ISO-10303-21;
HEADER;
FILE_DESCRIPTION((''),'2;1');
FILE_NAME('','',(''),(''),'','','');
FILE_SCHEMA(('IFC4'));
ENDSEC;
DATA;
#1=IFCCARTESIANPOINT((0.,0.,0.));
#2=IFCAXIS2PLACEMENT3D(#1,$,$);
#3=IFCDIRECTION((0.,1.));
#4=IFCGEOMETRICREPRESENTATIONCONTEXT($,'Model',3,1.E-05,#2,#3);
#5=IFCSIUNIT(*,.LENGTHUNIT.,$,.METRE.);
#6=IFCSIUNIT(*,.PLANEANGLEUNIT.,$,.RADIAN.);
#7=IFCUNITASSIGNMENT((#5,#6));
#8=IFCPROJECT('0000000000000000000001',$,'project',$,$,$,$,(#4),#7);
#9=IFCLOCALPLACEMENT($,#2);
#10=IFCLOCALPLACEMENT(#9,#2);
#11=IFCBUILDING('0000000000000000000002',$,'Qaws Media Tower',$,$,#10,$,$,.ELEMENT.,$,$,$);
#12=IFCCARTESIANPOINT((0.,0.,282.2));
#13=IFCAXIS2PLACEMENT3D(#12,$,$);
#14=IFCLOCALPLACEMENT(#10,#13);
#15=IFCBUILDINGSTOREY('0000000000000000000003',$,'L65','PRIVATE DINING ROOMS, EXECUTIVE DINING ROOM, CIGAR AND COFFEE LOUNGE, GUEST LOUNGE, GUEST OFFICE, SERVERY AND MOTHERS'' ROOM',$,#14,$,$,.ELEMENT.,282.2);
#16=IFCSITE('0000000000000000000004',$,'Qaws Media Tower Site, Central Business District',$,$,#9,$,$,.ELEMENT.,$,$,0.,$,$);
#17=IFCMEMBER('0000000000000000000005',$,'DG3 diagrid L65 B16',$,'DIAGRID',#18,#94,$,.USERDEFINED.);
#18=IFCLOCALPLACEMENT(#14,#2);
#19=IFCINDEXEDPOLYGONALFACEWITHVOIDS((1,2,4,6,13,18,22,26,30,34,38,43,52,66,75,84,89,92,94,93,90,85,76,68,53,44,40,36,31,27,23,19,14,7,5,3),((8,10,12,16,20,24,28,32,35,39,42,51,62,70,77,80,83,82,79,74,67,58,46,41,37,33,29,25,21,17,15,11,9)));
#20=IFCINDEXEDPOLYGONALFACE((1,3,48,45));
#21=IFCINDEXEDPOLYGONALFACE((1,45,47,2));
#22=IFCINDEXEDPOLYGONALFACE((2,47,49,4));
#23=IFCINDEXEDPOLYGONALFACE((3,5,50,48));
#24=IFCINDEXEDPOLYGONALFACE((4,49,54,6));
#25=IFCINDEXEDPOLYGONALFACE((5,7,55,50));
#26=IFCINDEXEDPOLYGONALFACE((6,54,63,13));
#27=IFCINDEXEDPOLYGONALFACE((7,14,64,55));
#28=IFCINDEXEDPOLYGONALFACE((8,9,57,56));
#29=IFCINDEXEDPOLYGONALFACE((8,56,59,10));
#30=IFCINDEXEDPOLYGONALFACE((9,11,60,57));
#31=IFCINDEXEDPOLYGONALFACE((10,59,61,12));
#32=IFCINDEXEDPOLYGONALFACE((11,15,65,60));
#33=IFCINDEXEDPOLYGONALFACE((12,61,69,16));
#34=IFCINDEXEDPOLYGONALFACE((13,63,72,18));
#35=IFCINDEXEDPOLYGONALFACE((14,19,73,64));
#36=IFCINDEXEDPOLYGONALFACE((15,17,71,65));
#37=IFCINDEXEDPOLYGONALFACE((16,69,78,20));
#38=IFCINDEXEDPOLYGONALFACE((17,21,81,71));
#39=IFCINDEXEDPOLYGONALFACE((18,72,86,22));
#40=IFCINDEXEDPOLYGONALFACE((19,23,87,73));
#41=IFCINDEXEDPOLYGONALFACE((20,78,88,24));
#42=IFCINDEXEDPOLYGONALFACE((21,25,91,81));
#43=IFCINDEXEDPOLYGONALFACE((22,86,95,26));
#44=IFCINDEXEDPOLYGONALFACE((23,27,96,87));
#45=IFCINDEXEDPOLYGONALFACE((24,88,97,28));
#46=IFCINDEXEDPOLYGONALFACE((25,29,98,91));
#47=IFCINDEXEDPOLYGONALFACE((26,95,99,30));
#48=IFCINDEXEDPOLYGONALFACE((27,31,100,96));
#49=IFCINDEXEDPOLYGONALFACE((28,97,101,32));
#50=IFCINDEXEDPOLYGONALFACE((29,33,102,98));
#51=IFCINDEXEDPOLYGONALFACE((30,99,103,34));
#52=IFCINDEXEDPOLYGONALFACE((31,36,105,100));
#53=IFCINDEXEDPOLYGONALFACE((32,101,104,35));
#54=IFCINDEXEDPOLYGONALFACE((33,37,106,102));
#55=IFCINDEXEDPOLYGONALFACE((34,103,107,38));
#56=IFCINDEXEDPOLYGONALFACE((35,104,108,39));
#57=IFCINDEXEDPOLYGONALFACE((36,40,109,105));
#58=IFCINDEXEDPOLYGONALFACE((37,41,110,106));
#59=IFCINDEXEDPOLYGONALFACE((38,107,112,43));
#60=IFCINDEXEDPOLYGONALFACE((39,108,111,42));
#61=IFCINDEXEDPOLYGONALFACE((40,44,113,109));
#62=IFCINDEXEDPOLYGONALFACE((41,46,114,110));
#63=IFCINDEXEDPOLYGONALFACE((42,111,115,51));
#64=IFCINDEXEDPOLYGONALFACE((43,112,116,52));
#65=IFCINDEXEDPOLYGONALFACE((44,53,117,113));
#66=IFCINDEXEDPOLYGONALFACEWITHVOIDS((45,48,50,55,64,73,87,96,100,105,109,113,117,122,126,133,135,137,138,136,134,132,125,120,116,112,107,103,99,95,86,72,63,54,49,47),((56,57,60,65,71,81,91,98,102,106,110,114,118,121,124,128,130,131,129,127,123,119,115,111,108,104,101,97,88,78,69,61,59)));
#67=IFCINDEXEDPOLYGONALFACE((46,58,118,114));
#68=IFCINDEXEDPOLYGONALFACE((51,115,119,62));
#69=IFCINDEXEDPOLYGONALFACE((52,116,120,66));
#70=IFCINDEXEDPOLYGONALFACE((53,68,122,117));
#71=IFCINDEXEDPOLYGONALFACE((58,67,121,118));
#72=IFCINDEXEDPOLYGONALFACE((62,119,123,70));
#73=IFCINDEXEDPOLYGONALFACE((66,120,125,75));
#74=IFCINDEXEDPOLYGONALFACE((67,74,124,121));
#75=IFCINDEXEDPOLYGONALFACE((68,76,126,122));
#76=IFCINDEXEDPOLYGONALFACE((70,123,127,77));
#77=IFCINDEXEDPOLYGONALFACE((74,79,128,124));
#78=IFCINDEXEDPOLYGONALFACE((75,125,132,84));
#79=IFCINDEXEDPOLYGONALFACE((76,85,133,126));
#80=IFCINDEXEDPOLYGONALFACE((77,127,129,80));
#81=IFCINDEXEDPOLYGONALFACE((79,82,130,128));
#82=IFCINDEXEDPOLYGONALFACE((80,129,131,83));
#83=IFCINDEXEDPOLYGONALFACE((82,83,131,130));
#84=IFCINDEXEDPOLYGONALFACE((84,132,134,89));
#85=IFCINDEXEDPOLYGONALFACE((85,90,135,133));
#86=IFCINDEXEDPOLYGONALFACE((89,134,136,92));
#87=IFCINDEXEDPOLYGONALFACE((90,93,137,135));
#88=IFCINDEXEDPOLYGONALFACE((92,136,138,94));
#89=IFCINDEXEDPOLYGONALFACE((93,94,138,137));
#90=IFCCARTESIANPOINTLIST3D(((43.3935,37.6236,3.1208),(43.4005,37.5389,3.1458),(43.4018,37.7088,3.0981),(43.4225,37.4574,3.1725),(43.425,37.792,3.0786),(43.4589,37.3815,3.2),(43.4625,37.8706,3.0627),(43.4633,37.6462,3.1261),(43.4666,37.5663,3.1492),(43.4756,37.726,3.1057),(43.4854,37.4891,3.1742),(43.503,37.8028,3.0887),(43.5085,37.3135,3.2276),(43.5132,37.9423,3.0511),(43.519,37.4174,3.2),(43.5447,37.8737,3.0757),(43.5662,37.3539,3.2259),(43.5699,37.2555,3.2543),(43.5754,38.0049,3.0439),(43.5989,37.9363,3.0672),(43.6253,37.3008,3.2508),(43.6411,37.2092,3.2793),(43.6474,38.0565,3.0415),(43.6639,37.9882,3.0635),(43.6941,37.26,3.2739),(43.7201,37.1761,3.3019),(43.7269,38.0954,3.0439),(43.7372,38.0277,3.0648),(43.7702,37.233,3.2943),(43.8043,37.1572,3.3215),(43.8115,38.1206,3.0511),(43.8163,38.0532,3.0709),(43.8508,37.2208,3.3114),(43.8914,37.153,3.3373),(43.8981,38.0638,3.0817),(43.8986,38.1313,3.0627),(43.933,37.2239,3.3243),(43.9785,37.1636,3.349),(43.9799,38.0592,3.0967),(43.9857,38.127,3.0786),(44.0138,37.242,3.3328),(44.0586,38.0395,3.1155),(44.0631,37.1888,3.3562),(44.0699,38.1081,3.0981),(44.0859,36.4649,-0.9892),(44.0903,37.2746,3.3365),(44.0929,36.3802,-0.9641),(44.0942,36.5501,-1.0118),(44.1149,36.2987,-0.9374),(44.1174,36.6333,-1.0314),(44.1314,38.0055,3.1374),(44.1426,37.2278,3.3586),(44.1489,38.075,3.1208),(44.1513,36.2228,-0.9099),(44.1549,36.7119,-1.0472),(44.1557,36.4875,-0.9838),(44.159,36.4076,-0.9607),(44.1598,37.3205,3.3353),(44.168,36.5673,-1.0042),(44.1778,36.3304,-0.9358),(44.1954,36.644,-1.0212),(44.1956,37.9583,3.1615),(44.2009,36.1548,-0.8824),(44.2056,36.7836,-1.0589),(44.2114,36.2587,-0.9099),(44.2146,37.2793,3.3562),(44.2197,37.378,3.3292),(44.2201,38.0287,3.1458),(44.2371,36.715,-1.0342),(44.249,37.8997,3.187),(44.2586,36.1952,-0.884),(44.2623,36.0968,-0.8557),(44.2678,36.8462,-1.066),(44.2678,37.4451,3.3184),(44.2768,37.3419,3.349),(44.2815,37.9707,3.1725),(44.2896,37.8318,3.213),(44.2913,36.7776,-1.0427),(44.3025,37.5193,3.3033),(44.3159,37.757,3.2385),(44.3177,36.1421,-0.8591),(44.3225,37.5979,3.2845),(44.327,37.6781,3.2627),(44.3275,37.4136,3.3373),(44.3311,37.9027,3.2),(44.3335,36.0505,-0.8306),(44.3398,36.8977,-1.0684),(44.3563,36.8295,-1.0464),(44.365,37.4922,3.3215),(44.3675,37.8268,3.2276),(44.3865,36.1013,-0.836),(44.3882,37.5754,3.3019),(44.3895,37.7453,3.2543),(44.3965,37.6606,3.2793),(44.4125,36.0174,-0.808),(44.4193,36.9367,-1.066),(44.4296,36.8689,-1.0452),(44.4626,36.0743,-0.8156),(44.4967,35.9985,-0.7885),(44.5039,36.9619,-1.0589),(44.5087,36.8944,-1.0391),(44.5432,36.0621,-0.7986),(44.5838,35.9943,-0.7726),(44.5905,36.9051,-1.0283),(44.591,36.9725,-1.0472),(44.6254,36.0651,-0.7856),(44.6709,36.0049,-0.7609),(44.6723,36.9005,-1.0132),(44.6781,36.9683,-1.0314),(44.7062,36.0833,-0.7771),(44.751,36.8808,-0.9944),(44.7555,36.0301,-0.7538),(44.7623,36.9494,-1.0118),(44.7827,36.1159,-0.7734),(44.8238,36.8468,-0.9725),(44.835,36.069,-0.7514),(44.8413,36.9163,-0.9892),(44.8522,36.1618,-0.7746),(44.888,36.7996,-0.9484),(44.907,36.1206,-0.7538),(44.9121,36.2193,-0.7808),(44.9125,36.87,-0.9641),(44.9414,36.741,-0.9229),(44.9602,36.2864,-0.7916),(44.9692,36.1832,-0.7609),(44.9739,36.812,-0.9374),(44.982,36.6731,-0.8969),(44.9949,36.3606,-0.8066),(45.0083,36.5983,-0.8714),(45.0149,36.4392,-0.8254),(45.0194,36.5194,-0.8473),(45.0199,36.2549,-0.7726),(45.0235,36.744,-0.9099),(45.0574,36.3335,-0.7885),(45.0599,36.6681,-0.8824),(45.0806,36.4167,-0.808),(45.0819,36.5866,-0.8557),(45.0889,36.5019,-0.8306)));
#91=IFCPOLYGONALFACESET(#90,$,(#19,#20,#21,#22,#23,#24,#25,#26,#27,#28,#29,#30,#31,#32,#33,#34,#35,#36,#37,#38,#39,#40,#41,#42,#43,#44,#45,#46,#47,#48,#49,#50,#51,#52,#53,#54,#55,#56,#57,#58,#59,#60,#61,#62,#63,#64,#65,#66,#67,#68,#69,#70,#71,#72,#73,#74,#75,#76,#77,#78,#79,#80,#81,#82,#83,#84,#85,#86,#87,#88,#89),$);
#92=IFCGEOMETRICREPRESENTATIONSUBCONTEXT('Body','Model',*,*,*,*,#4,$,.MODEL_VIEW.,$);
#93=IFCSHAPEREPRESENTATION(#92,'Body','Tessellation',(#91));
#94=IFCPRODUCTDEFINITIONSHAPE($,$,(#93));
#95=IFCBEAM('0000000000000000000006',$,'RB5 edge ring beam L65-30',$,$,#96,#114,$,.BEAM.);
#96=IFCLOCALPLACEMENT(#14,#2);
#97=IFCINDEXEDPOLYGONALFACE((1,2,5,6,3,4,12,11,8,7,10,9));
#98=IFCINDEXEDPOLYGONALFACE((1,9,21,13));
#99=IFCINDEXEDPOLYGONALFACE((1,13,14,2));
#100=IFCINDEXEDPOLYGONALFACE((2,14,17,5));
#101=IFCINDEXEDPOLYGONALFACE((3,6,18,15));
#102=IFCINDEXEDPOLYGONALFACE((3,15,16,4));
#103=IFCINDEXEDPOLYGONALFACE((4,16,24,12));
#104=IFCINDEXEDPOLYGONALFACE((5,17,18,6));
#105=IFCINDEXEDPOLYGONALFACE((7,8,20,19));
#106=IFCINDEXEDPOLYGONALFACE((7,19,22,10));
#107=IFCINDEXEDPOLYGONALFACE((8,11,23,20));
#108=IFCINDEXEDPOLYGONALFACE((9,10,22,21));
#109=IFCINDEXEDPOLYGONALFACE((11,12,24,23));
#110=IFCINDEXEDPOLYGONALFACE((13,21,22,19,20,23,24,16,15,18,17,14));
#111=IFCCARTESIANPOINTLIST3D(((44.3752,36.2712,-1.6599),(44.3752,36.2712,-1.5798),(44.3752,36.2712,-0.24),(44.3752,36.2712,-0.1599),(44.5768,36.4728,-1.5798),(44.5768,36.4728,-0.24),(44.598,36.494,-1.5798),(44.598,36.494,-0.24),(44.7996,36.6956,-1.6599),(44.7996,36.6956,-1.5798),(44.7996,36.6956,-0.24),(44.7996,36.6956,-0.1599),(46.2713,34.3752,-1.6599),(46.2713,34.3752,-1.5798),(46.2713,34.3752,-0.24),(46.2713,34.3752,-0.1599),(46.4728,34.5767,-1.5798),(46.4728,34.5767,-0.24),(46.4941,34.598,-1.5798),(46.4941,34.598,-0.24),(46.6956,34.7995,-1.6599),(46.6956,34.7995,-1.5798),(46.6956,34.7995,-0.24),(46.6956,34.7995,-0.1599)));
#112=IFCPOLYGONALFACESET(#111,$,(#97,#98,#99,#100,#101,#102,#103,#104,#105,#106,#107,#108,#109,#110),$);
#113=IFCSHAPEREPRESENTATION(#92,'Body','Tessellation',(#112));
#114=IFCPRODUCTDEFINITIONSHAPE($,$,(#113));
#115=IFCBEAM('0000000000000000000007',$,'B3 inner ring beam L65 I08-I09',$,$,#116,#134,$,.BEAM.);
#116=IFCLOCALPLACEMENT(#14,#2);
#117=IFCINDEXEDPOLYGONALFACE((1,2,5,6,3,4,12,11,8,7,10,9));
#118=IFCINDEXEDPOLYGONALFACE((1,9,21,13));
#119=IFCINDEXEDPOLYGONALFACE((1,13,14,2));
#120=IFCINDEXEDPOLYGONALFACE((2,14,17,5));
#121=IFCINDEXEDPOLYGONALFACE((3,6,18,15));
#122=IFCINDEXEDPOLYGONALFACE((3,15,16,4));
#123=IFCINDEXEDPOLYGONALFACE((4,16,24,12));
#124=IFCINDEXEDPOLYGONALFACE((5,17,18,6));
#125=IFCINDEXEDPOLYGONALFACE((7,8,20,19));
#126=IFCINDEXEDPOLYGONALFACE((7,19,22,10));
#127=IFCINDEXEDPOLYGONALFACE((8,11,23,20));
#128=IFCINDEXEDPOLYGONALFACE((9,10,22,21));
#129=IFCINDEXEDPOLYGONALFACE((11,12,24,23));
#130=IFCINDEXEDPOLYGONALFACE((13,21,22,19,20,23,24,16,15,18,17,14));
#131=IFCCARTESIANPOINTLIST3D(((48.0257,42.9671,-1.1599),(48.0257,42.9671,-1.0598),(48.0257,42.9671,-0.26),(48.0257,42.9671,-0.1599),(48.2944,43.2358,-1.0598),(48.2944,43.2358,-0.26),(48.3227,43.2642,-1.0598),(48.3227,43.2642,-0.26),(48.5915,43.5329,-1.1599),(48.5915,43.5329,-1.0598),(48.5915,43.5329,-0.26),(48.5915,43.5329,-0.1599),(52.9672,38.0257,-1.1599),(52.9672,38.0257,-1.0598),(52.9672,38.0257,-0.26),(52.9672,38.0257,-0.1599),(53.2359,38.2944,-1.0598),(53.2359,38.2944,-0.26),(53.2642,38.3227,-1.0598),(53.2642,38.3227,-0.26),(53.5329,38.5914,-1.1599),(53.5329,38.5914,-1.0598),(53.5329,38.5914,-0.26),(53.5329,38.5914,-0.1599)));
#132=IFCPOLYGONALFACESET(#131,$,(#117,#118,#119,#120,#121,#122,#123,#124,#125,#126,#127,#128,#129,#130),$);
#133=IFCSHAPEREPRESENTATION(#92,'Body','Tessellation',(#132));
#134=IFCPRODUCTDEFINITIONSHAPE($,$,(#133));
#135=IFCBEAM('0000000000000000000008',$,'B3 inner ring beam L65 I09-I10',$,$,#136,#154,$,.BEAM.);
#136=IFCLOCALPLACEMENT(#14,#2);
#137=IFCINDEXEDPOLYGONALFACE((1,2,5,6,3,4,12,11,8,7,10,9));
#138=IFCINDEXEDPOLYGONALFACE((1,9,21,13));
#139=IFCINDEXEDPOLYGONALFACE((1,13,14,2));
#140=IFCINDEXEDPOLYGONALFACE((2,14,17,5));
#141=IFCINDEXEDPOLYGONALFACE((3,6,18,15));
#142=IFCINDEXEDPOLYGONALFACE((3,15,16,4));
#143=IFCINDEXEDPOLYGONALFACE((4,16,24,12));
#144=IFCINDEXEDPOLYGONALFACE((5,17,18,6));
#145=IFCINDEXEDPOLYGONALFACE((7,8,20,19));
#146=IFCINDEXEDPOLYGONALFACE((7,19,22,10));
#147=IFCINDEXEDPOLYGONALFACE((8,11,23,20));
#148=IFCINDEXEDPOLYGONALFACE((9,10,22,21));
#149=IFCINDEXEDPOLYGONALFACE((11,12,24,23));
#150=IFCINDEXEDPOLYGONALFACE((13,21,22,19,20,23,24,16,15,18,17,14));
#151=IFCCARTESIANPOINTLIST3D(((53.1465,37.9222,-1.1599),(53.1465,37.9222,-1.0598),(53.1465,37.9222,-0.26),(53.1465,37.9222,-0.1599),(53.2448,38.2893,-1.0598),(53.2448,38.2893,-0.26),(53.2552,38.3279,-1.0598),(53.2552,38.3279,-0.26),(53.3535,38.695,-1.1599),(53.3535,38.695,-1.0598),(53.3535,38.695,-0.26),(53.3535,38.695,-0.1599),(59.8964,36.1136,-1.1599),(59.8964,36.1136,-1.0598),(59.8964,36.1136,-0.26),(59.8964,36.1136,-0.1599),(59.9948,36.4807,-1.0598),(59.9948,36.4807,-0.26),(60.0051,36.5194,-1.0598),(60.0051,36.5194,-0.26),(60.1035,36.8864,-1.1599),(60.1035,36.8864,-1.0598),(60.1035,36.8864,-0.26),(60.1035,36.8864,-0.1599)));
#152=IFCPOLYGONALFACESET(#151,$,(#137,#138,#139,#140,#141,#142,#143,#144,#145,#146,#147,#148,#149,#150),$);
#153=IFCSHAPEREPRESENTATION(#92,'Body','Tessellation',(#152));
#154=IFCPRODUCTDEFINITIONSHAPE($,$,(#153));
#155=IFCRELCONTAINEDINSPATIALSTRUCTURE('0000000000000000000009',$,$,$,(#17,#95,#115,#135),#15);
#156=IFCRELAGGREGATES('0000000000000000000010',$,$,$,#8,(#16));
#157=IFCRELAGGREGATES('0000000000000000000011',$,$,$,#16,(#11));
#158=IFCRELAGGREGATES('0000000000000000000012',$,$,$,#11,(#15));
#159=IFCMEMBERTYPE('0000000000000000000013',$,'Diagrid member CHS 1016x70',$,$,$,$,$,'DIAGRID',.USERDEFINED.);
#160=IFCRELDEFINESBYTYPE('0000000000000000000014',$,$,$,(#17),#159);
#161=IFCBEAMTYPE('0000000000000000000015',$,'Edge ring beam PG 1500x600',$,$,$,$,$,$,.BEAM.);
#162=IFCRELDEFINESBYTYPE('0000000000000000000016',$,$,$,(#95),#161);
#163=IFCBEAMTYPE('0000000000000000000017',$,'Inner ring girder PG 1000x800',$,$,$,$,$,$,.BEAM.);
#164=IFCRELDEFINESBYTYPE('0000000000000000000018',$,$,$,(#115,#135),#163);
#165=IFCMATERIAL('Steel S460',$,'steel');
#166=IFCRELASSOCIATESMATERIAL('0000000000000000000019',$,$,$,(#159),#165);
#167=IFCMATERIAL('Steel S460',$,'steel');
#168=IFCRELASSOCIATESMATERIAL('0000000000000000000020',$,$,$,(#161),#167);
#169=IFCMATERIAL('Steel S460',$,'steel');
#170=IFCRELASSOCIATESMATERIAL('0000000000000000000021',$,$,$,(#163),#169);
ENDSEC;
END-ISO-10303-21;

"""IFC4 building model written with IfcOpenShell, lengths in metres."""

from ifc_helpers import new_model, si_unit, direction, frame, origin, origin_2d, place, context, subcontext, project, spatial, hollow_circle, i_section, extrude, material, material_profile, profile_set, type_object, element, save


model = new_model("IFC4")

# Units and contexts
model_context = context("Model", 3, precision=1e-05, world=origin(), true_north=direction((0.0, 1.0)))
body_context = subcontext(model_context, "Body", "Model", "MODEL_VIEW")
ifc_project = project(units=[si_unit("LENGTHUNIT", "METRE"), si_unit("PLANEANGLEUNIT", "RADIAN")], contexts=[model_context])

# Site, building, storey
site_placement = place(None, origin())
site = spatial("IfcSite", under=ifc_project, at=site_placement, Name="Qaws Media Tower Site, Central Business District", CompositionType="ELEMENT", RefElevation=0.0)
building_placement = place(site_placement, origin())
building = spatial("IfcBuilding", under=site, at=building_placement, Name="Qaws Media Tower", CompositionType="ELEMENT")
storey_placement = place(building_placement, frame((0.0, 0.0, 282.2)))
storey = spatial("IfcBuildingStorey", under=building, at=storey_placement, Name="L65", Description="PRIVATE DINING ROOMS, EXECUTIVE DINING ROOM, CIGAR AND COFFEE LOUNGE, GUEST LOUNGE, GUEST OFFICE, SERVERY AND MOTHERS' ROOM", CompositionType="ELEMENT", Elevation=282.2)

# Member
ifc_material_1 = material(Name="Steel S460", Category="steel")
ifc_material_profile_1 = material_profile(ifc_material_1, hollow_circle(Radius=0.5081, WallThickness=0.0701, at=origin_2d()), Name="CHS 1016x70")
ifc_profile_set_1 = profile_set([ifc_material_profile_1], Name="Steel S460")
member_type_1 = type_object("IfcMemberType", Name="Diagrid member CHS 1016x70", ElementType="DIAGRID", PredefinedType="USERDEFINED", material=ifc_profile_set_1)
member_1_placement = place(storey_placement, frame((44.5874, 36.4834, -0.9099), z_axis=(-0.160057, 0.267853, 0.950072), x_axis=(-0.858417, -0.512952, 0.0)))
element("IfcMember", 1, at=member_1_placement, inside=storey, type_object=member_type_1, Name="DG3 diagrid L65 B16", ObjectType="DIAGRID", PredefinedType="USERDEFINED", context=body_context, shape_type="SweptSolid", body=[
    extrude(hollow_circle(Radius=0.5081, WallThickness=0.0701, at=origin_2d()), origin(), (0.0, 0.0, 1.0), 4.3259),
])

# Beams
ifc_material_2 = material(Name="Steel S460", Category="steel")
ifc_material_profile_2 = material_profile(ifc_material_2, i_section(OverallWidth=0.6001, OverallDepth=1.5, WebThickness=0.03, FlangeThickness=0.0801, at=origin_2d()), Name="PG 1500x600")
ifc_profile_set_2 = profile_set([ifc_material_profile_2], Name="Steel S460")
beam_type_1 = type_object("IfcBeamType", Name="Edge ring beam PG 1500x600", PredefinedType="BEAM", material=ifc_profile_set_2)
beam_1_placement = place(storey_placement, frame((44.5874, 36.4834, -0.9099), z_axis=(0.707107, -0.707107, 0.0), x_axis=(0.707107, 0.707107, 0.0)))
element("IfcBeam", 2, at=beam_1_placement, inside=storey, type_object=beam_type_1, Name="RB5 edge ring beam L65-30", PredefinedType="BEAM", context=body_context, shape_type="SweptSolid", body=[
    extrude(i_section(OverallWidth=0.6001, OverallDepth=1.5, WebThickness=0.03, FlangeThickness=0.0801, at=origin_2d()), origin(), (0.0, 0.0, 1.0), 2.6814),
])
ifc_material_3 = material(Name="Steel S460", Category="steel")
ifc_material_profile_3 = material_profile(ifc_material_3, i_section(OverallWidth=0.8, OverallDepth=1.0, WebThickness=0.04, FlangeThickness=0.1001, at=origin_2d()), Name="PG 1000x800")
ifc_profile_set_3 = profile_set([ifc_material_profile_3], Name="Steel S460")
beam_type_2 = type_object("IfcBeamType", Name="Inner ring girder PG 1000x800", PredefinedType="BEAM", material=ifc_profile_set_3)
beam_2_placement = place(storey_placement, frame((48.3086, 43.25, -0.6599), z_axis=(0.707107, -0.707107, 0.0), x_axis=(0.707107, 0.707107, 0.0)))
element("IfcBeam", 3, at=beam_2_placement, inside=storey, type_object=beam_type_2, Name="B3 inner ring beam L65 I08-I09", PredefinedType="BEAM", context=body_context, shape_type="SweptSolid", body=[
    extrude(i_section(OverallWidth=0.8, OverallDepth=1.0, WebThickness=0.04, FlangeThickness=0.1001, at=origin_2d()), origin(), (0.0, 0.0, 1.0), 6.9883),
])
beam_3_placement = place(storey_placement, frame((53.25, 38.3086, -0.6599), z_axis=(0.965928, -0.258811, 0.0), x_axis=(0.258811, 0.965928, 0.0)))
element("IfcBeam", 4, at=beam_3_placement, inside=storey, type_object=beam_type_2, Name="B3 inner ring beam L65 I09-I10", PredefinedType="BEAM", context=body_context, shape_type="SweptSolid", body=[
    extrude(i_section(OverallWidth=0.8, OverallDepth=1.0, WebThickness=0.04, FlangeThickness=0.1001, at=origin_2d()), origin(), (0.0, 0.0, 1.0), 6.988),
])

save(model, "model.ifc")
